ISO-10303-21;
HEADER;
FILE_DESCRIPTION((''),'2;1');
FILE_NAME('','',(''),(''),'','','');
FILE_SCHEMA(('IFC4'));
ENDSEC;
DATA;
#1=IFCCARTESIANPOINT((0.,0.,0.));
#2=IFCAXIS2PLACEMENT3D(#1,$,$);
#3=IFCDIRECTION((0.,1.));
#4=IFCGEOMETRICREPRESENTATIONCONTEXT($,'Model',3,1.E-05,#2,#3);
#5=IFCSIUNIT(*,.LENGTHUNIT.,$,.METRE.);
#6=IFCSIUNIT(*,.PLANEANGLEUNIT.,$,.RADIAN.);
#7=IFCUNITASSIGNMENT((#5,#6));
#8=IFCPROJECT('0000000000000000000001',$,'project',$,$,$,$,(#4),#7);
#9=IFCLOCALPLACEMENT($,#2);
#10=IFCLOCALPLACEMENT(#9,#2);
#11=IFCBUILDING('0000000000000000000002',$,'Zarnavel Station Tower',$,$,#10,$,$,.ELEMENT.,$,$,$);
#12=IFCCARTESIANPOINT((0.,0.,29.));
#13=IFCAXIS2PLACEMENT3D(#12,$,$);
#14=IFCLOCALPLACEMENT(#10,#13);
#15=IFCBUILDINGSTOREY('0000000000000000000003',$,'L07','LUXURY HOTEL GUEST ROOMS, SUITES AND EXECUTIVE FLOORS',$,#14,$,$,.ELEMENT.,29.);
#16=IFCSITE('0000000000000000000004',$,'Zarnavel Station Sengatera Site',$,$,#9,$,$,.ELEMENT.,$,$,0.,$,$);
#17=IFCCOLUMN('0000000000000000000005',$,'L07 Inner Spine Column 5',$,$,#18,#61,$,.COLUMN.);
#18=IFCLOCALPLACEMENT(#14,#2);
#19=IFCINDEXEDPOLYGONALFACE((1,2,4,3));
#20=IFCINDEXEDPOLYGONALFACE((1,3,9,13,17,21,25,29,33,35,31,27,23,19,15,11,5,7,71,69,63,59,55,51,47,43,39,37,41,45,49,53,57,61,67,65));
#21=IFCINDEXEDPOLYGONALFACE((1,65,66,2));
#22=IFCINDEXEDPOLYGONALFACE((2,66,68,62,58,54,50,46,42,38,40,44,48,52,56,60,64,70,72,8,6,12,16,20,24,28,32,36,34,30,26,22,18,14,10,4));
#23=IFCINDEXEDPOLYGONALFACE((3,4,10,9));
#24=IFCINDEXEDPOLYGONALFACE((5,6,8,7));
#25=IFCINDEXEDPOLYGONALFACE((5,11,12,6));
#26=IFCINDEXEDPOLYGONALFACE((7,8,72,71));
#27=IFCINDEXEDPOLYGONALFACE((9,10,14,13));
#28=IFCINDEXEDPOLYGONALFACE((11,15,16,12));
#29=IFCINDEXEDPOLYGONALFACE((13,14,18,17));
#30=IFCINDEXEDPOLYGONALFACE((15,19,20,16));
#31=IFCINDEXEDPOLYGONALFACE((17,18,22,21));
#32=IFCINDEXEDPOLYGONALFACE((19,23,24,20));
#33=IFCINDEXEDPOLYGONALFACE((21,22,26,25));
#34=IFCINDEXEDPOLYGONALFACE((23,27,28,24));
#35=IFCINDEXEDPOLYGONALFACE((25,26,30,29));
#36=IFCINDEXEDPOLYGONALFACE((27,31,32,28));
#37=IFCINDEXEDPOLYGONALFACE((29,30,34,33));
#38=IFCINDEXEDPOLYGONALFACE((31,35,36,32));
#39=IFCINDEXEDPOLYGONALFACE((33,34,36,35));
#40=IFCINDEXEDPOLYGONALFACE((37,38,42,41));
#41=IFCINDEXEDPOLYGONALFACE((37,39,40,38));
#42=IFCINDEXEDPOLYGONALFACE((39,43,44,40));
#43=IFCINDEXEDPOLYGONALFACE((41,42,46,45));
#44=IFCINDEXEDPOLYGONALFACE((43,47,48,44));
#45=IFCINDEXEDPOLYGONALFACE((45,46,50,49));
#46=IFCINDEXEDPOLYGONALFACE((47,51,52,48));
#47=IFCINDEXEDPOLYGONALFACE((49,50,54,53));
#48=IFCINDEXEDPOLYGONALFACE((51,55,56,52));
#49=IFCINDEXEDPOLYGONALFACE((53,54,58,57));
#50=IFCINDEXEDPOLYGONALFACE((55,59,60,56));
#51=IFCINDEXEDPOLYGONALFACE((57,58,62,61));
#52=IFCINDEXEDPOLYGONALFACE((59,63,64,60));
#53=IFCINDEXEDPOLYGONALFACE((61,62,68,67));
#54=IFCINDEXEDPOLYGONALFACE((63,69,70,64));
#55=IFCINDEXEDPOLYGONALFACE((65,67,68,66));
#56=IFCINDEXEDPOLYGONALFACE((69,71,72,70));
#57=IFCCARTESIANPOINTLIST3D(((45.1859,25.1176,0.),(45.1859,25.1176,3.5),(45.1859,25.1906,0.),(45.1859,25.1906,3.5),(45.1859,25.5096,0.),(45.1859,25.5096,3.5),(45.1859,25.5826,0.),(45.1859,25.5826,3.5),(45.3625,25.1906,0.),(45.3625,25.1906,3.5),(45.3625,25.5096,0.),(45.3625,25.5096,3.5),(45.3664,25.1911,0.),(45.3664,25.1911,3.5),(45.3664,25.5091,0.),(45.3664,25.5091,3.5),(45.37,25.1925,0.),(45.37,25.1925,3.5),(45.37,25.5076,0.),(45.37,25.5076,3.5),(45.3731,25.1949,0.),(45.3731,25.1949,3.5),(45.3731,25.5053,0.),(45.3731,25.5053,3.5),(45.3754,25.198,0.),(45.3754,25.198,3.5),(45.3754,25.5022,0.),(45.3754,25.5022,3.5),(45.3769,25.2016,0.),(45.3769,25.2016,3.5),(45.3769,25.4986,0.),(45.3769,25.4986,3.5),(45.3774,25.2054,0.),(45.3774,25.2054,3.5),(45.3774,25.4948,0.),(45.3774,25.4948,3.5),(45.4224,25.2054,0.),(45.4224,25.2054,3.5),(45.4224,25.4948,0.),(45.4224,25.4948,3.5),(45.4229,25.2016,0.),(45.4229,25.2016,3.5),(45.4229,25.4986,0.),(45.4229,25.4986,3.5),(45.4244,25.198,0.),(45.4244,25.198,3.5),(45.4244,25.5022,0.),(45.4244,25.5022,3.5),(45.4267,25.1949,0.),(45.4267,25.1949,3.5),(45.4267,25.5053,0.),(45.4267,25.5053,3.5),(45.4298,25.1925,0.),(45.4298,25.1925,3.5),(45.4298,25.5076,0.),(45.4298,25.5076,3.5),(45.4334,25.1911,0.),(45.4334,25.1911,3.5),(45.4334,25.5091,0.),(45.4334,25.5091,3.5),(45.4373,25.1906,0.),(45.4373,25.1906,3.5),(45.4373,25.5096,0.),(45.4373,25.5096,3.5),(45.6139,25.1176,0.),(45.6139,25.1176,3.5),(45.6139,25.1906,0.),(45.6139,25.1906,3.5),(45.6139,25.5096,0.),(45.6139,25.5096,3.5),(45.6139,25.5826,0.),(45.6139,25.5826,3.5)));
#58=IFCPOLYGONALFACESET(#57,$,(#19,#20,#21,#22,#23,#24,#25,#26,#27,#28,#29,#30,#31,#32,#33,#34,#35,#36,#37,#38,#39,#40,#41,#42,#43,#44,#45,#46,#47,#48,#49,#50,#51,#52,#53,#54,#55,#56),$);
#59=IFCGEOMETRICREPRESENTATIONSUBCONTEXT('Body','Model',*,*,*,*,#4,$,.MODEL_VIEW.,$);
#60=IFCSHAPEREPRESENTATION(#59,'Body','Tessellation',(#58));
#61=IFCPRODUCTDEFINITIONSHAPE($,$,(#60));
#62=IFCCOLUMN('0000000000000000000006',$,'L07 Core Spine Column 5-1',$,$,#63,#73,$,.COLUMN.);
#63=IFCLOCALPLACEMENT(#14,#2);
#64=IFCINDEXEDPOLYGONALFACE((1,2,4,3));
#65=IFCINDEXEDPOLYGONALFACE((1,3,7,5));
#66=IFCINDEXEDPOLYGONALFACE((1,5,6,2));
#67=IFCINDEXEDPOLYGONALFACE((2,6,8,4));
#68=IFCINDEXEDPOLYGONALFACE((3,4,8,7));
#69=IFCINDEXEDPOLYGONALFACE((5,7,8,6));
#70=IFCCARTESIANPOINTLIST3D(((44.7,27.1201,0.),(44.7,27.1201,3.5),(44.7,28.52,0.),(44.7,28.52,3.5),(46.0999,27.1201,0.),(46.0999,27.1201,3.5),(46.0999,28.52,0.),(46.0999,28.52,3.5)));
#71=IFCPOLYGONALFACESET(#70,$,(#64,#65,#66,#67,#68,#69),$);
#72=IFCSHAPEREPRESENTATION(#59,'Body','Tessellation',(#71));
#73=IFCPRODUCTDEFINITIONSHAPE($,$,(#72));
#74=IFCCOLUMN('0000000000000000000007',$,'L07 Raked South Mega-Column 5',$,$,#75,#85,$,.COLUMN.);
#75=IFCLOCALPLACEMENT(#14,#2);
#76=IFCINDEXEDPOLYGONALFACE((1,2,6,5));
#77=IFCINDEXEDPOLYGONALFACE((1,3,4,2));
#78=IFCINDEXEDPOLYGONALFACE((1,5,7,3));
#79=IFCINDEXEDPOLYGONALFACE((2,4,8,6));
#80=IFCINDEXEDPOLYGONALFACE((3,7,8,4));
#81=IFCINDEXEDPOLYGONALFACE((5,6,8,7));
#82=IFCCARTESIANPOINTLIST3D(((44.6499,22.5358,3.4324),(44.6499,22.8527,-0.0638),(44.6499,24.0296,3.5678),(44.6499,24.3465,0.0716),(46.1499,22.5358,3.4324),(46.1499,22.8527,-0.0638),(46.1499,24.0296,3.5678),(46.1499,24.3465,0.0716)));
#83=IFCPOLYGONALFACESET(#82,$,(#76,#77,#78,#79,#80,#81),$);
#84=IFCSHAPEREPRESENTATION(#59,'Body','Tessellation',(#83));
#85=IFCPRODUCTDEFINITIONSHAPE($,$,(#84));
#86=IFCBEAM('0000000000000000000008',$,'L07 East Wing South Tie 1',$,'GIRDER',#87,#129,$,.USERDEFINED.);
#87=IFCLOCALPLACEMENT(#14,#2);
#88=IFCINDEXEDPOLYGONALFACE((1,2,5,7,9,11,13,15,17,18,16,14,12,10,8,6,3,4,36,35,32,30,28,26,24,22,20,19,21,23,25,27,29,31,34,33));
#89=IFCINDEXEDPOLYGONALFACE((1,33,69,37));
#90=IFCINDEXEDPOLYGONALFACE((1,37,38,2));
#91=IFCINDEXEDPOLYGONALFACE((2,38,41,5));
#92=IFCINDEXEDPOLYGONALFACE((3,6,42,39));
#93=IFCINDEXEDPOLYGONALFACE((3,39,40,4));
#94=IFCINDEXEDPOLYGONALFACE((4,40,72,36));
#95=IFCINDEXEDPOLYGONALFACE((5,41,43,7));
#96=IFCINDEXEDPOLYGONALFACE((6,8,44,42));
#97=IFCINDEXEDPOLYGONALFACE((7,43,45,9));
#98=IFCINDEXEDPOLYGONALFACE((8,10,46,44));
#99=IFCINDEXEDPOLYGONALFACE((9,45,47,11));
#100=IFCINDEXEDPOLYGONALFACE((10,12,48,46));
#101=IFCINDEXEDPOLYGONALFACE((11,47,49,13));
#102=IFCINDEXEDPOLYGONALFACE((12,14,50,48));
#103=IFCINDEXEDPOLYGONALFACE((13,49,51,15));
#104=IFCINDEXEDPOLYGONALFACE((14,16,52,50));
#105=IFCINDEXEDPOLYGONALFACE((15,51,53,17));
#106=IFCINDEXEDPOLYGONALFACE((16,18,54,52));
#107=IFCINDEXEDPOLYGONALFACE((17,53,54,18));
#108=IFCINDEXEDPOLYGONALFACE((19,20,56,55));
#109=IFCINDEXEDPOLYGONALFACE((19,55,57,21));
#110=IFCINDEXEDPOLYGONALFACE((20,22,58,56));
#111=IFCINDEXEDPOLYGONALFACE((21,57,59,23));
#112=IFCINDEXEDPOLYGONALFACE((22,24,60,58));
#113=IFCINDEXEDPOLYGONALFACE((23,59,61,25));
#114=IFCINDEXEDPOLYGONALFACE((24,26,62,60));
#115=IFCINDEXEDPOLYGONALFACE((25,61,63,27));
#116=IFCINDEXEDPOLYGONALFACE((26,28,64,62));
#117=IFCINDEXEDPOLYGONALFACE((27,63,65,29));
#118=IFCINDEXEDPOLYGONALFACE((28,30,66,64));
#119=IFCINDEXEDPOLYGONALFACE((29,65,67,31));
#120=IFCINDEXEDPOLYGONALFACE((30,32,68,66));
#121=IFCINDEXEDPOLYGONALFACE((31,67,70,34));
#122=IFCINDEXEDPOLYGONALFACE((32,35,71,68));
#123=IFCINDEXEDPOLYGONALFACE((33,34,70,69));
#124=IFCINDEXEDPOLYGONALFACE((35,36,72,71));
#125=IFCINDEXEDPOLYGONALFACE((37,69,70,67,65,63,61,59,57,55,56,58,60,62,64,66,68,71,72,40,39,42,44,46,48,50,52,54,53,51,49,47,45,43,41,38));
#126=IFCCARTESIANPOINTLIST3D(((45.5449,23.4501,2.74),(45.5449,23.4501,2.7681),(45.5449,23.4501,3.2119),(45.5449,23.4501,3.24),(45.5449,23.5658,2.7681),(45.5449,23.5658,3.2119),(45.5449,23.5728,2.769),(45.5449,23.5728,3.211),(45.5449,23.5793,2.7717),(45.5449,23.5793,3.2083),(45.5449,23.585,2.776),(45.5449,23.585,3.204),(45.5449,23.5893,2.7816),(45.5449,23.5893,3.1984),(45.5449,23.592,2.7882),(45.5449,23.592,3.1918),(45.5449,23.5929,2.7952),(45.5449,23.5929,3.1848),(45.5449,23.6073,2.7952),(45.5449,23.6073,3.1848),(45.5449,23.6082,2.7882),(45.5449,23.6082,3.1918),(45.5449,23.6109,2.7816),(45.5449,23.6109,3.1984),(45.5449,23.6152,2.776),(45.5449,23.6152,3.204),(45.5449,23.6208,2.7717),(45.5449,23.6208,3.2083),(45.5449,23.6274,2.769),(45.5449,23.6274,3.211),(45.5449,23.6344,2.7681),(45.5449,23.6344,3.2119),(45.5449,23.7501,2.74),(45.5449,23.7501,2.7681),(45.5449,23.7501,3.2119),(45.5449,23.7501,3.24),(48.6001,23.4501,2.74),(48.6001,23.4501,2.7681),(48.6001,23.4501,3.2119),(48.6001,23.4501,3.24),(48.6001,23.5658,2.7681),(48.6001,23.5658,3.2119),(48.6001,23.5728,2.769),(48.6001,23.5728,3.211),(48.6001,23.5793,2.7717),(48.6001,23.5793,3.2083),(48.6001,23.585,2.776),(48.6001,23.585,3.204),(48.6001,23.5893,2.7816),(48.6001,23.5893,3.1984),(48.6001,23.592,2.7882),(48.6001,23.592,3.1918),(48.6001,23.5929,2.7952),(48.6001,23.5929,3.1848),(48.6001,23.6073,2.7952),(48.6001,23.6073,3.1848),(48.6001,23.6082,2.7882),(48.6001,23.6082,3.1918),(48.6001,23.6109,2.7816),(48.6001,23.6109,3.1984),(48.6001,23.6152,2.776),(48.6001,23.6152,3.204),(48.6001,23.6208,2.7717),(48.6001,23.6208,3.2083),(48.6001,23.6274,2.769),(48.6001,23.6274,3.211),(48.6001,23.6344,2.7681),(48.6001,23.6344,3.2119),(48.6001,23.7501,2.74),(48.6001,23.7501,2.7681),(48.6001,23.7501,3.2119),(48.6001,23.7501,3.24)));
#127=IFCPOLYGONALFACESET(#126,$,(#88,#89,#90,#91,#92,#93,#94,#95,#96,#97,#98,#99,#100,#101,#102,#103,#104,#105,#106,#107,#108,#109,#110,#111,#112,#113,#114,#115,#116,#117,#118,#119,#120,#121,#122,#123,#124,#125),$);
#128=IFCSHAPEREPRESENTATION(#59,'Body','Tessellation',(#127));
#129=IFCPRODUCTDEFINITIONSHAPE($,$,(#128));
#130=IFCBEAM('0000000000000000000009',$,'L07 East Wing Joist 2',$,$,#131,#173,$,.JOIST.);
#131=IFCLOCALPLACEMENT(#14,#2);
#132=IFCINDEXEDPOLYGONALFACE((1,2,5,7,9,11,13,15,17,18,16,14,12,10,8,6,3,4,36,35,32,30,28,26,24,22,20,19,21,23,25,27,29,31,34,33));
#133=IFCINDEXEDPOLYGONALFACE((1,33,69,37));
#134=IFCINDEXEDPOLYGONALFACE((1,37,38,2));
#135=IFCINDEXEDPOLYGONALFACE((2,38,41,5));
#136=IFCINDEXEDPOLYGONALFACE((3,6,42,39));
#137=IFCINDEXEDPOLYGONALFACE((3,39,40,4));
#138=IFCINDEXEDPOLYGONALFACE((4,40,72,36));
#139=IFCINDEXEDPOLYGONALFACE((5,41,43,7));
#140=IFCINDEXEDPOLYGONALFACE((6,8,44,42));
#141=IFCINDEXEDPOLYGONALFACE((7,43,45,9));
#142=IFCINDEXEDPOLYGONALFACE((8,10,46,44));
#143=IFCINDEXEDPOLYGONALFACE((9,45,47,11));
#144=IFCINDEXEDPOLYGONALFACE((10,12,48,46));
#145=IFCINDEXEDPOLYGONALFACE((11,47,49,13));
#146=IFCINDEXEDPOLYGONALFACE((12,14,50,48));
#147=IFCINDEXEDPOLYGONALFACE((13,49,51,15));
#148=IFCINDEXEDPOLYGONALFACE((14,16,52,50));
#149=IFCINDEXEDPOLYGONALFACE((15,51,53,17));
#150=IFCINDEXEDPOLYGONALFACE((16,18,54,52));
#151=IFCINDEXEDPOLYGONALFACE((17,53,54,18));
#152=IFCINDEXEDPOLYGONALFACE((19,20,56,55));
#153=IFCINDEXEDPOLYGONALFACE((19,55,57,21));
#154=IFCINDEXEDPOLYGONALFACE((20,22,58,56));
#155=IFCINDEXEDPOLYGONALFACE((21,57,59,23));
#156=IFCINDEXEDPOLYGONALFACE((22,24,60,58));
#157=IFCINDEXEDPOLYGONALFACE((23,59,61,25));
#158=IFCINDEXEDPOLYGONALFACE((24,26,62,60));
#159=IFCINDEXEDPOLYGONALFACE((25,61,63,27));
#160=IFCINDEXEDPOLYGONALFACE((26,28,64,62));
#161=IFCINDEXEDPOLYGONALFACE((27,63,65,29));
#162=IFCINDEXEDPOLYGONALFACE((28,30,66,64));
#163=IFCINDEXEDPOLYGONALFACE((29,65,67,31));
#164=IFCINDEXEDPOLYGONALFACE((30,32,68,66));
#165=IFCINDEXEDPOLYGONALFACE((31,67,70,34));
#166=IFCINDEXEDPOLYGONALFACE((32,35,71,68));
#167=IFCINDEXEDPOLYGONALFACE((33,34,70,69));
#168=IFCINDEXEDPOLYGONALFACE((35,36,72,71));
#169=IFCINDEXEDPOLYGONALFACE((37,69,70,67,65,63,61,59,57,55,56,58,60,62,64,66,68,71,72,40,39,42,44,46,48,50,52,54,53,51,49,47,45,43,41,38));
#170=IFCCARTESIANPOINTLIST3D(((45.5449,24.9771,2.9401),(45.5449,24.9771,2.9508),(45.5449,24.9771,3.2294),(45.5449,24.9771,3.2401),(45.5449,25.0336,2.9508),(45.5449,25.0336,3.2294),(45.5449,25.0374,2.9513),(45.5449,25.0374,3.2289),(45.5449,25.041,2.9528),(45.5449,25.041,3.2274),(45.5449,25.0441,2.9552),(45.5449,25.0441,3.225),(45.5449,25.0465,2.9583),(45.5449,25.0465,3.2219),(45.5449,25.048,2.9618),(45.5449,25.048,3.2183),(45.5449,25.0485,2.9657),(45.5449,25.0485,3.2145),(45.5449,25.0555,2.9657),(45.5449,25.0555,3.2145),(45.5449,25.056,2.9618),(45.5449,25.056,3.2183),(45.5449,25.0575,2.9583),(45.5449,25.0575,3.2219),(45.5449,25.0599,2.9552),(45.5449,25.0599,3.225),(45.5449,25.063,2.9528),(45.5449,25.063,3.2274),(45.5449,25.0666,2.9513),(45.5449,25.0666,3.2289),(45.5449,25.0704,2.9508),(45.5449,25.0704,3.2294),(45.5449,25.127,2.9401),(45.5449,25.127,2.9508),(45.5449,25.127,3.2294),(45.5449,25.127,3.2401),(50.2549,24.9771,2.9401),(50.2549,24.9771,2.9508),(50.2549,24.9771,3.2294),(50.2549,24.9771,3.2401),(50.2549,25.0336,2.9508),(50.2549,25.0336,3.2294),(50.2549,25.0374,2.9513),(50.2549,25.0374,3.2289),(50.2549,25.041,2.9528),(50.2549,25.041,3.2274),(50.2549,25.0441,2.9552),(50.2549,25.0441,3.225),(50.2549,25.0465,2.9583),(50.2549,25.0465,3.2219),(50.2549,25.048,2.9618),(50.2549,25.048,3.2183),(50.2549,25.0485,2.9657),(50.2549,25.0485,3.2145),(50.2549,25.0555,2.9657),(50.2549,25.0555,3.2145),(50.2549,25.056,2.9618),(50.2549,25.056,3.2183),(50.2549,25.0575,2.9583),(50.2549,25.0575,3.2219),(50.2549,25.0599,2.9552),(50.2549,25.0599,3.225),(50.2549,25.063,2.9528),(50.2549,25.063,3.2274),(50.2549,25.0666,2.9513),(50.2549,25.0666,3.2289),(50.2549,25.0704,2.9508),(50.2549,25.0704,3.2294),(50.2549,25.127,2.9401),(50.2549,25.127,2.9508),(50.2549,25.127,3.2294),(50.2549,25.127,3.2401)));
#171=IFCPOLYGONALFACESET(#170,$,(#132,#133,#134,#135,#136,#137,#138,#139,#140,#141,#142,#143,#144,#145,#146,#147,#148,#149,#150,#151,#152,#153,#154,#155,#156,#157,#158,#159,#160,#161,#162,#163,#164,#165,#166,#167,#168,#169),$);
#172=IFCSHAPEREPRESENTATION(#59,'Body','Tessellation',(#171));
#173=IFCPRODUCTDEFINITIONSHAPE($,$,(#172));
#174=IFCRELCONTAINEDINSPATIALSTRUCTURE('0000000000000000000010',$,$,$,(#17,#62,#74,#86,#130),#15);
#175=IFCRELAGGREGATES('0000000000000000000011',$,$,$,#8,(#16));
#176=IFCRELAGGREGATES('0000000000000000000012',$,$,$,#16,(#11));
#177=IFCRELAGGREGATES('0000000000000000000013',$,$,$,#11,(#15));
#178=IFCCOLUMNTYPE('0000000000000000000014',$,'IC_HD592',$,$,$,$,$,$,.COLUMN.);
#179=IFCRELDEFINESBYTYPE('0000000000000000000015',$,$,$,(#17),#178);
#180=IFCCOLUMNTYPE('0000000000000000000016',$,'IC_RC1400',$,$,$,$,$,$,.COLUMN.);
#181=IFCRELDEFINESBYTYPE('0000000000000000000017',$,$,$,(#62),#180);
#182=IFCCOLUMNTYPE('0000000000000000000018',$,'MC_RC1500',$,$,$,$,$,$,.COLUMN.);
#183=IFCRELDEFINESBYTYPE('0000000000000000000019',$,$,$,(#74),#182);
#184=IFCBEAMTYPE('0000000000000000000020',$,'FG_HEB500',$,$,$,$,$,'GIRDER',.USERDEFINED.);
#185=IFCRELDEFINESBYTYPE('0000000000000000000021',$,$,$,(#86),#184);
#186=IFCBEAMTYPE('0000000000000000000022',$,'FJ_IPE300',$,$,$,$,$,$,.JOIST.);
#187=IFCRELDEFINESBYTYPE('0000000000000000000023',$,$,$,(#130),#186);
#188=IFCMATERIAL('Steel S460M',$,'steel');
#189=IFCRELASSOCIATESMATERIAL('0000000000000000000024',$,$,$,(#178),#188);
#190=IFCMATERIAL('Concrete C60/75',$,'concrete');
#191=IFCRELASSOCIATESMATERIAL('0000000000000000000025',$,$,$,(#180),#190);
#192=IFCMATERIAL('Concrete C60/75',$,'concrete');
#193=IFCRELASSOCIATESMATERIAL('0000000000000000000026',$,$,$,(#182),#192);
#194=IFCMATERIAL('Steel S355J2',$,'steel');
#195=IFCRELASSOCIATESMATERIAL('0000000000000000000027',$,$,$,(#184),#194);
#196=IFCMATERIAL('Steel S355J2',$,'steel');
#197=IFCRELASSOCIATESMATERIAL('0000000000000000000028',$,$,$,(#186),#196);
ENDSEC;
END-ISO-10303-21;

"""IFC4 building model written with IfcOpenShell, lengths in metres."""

from ifc_helpers import new_model, si_unit, direction, frame, origin, origin_2d, place, context, subcontext, project, spatial, rectangle, i_section, extrude, material, material_profile, profile_set, type_object, element, save


model = new_model("IFC4")

# Units and contexts
model_context = context("Model", 3, precision=1e-05, world=origin(), true_north=direction((0.0, 1.0)))
body_context = subcontext(model_context, "Body", "Model", "MODEL_VIEW")
ifc_project = project(units=[si_unit("LENGTHUNIT", "METRE"), si_unit("PLANEANGLEUNIT", "RADIAN")], contexts=[model_context])

# Site, building, storey
site_placement = place(None, origin())
site = spatial("IfcSite", under=ifc_project, at=site_placement, Name="Zarnavel Station Sengatera Site", CompositionType="ELEMENT", RefElevation=0.0)
building_placement = place(site_placement, origin())
building = spatial("IfcBuilding", under=site, at=building_placement, Name="Zarnavel Station Tower", CompositionType="ELEMENT")
storey_placement = place(building_placement, frame((0.0, 0.0, 29.0)))
storey = spatial("IfcBuildingStorey", under=building, at=storey_placement, Name="L07", Description="LUXURY HOTEL GUEST ROOMS, SUITES AND EXECUTIVE FLOORS", CompositionType="ELEMENT", Elevation=29.0)

# Columns
ifc_material_1 = material(Name="Steel S460M", Category="steel")
ifc_material_profile_1 = material_profile(ifc_material_1, i_section(OverallWidth=0.428, OverallDepth=0.4651, WebThickness=0.0449, FlangeThickness=0.073, FilletRadius=0.0149, at=origin_2d()), Name="HD400x592")
ifc_profile_set_1 = profile_set([ifc_material_profile_1], Name="Steel S460M")
column_type_1 = type_object("IfcColumnType", Name="IC_HD592", PredefinedType="COLUMN", material=ifc_profile_set_1)
column_1_placement = place(storey_placement, frame((45.3999, 25.3501, 0.0), z_axis=(0.0, 0.0, 1.0), x_axis=(1.0, 0.0, 0.0)))
element("IfcColumn", 1, at=column_1_placement, inside=storey, type_object=column_type_1, Name="L07 Inner Spine Column 5", PredefinedType="COLUMN", context=body_context, shape_type="SweptSolid", body=[
    extrude(i_section(OverallWidth=0.428, OverallDepth=0.4651, WebThickness=0.0449, FlangeThickness=0.073, FilletRadius=0.0149, at=origin_2d()), origin(), (0.0, 0.0, 1.0), 3.5),
])
ifc_material_2 = material(Name="Concrete C60/75", Category="concrete")
ifc_material_profile_2 = material_profile(ifc_material_2, rectangle(XDim=1.3999, YDim=1.3999, at=origin_2d()), Name="RC1400x1400")
ifc_profile_set_2 = profile_set([ifc_material_profile_2], Name="Concrete C60/75")
column_type_2 = type_object("IfcColumnType", Name="IC_RC1400", PredefinedType="COLUMN", material=ifc_profile_set_2)
column_2_placement = place(storey_placement, frame((45.3999, 27.8201, 0.0), z_axis=(0.0, 0.0, 1.0), x_axis=(1.0, 0.0, 0.0)))
element("IfcColumn", 2, at=column_2_placement, inside=storey, type_object=column_type_2, Name="L07 Core Spine Column 5-1", PredefinedType="COLUMN", context=body_context, shape_type="SweptSolid", body=[
    extrude(rectangle(XDim=1.3999, YDim=1.3999, at=origin_2d()), origin(), (0.0, 0.0, 1.0), 3.5),
])
ifc_material_3 = material(Name="Concrete C60/75", Category="concrete")
ifc_material_profile_3 = material_profile(ifc_material_3, rectangle(XDim=1.5, YDim=1.5, at=origin_2d()), Name="RC1500x1500")
ifc_profile_set_3 = profile_set([ifc_material_profile_3], Name="Concrete C60/75")
column_type_3 = type_object("IfcColumnType", Name="MC_RC1500", PredefinedType="COLUMN", material=ifc_profile_set_3)
column_3_placement = place(storey_placement, frame((45.3999, 23.5996, 0.0039), z_axis=(0.0, -0.090272, 0.995917), x_axis=(1.0, 0.0, 0.0)))
element("IfcColumn", 3, at=column_3_placement, inside=storey, type_object=column_type_3, Name="L07 Raked South Mega-Column 5", PredefinedType="COLUMN", context=body_context, shape_type="SweptSolid", body=[
    extrude(rectangle(XDim=1.5, YDim=1.5, at=origin_2d()), origin(), (0.0, 0.0, 1.0), 3.5105),
])

# Beams
ifc_material_4 = material(Name="Steel S355J2", Category="steel")
ifc_material_profile_4 = material_profile(ifc_material_4, i_section(OverallWidth=0.3, OverallDepth=0.5, WebThickness=0.0144, FlangeThickness=0.0281, FilletRadius=0.0271, at=origin_2d()), Name="HEB500")
ifc_profile_set_4 = profile_set([ifc_material_profile_4], Name="Steel S355J2")
beam_type_1 = type_object("IfcBeamType", Name="FG_HEB500", ElementType="GIRDER", PredefinedType="USERDEFINED", material=ifc_profile_set_4)
beam_1_placement = place(storey_placement, frame((45.5449, 23.6001, 2.99), z_axis=(1.0, 0.0, 0.0), x_axis=(0.0, 1.0, 0.0)))
element("IfcBeam", 4, at=beam_1_placement, inside=storey, type_object=beam_type_1, Name="L07 East Wing South Tie 1", ObjectType="GIRDER", PredefinedType="USERDEFINED", context=body_context, shape_type="SweptSolid", body=[
    extrude(i_section(OverallWidth=0.3, OverallDepth=0.5, WebThickness=0.0144, FlangeThickness=0.0281, FilletRadius=0.0271, at=origin_2d()), origin(), (0.0, 0.0, 1.0), 3.0552),
])
ifc_material_5 = material(Name="Steel S355J2", Category="steel")
ifc_material_profile_5 = material_profile(ifc_material_5, i_section(OverallWidth=0.1499, OverallDepth=0.3, WebThickness=0.0071, FlangeThickness=0.0107, FilletRadius=0.0149, at=origin_2d()), Name="IPE300")
ifc_profile_set_5 = profile_set([ifc_material_profile_5], Name="Steel S355J2")
beam_type_2 = type_object("IfcBeamType", Name="FJ_IPE300", PredefinedType="JOIST", material=ifc_profile_set_5)
beam_2_placement = place(storey_placement, frame((45.5449, 25.052, 3.0901), z_axis=(1.0, 0.0, 0.0), x_axis=(0.0, 1.0, 0.0)))
element("IfcBeam", 5, at=beam_2_placement, inside=storey, type_object=beam_type_2, Name="L07 East Wing Joist 2", PredefinedType="JOIST", context=body_context, shape_type="SweptSolid", body=[
    extrude(i_section(OverallWidth=0.1499, OverallDepth=0.3, WebThickness=0.0071, FlangeThickness=0.0107, FilletRadius=0.0149, at=origin_2d()), origin(), (0.0, 0.0, 1.0), 4.71),
])

save(model, "model.ifc")
